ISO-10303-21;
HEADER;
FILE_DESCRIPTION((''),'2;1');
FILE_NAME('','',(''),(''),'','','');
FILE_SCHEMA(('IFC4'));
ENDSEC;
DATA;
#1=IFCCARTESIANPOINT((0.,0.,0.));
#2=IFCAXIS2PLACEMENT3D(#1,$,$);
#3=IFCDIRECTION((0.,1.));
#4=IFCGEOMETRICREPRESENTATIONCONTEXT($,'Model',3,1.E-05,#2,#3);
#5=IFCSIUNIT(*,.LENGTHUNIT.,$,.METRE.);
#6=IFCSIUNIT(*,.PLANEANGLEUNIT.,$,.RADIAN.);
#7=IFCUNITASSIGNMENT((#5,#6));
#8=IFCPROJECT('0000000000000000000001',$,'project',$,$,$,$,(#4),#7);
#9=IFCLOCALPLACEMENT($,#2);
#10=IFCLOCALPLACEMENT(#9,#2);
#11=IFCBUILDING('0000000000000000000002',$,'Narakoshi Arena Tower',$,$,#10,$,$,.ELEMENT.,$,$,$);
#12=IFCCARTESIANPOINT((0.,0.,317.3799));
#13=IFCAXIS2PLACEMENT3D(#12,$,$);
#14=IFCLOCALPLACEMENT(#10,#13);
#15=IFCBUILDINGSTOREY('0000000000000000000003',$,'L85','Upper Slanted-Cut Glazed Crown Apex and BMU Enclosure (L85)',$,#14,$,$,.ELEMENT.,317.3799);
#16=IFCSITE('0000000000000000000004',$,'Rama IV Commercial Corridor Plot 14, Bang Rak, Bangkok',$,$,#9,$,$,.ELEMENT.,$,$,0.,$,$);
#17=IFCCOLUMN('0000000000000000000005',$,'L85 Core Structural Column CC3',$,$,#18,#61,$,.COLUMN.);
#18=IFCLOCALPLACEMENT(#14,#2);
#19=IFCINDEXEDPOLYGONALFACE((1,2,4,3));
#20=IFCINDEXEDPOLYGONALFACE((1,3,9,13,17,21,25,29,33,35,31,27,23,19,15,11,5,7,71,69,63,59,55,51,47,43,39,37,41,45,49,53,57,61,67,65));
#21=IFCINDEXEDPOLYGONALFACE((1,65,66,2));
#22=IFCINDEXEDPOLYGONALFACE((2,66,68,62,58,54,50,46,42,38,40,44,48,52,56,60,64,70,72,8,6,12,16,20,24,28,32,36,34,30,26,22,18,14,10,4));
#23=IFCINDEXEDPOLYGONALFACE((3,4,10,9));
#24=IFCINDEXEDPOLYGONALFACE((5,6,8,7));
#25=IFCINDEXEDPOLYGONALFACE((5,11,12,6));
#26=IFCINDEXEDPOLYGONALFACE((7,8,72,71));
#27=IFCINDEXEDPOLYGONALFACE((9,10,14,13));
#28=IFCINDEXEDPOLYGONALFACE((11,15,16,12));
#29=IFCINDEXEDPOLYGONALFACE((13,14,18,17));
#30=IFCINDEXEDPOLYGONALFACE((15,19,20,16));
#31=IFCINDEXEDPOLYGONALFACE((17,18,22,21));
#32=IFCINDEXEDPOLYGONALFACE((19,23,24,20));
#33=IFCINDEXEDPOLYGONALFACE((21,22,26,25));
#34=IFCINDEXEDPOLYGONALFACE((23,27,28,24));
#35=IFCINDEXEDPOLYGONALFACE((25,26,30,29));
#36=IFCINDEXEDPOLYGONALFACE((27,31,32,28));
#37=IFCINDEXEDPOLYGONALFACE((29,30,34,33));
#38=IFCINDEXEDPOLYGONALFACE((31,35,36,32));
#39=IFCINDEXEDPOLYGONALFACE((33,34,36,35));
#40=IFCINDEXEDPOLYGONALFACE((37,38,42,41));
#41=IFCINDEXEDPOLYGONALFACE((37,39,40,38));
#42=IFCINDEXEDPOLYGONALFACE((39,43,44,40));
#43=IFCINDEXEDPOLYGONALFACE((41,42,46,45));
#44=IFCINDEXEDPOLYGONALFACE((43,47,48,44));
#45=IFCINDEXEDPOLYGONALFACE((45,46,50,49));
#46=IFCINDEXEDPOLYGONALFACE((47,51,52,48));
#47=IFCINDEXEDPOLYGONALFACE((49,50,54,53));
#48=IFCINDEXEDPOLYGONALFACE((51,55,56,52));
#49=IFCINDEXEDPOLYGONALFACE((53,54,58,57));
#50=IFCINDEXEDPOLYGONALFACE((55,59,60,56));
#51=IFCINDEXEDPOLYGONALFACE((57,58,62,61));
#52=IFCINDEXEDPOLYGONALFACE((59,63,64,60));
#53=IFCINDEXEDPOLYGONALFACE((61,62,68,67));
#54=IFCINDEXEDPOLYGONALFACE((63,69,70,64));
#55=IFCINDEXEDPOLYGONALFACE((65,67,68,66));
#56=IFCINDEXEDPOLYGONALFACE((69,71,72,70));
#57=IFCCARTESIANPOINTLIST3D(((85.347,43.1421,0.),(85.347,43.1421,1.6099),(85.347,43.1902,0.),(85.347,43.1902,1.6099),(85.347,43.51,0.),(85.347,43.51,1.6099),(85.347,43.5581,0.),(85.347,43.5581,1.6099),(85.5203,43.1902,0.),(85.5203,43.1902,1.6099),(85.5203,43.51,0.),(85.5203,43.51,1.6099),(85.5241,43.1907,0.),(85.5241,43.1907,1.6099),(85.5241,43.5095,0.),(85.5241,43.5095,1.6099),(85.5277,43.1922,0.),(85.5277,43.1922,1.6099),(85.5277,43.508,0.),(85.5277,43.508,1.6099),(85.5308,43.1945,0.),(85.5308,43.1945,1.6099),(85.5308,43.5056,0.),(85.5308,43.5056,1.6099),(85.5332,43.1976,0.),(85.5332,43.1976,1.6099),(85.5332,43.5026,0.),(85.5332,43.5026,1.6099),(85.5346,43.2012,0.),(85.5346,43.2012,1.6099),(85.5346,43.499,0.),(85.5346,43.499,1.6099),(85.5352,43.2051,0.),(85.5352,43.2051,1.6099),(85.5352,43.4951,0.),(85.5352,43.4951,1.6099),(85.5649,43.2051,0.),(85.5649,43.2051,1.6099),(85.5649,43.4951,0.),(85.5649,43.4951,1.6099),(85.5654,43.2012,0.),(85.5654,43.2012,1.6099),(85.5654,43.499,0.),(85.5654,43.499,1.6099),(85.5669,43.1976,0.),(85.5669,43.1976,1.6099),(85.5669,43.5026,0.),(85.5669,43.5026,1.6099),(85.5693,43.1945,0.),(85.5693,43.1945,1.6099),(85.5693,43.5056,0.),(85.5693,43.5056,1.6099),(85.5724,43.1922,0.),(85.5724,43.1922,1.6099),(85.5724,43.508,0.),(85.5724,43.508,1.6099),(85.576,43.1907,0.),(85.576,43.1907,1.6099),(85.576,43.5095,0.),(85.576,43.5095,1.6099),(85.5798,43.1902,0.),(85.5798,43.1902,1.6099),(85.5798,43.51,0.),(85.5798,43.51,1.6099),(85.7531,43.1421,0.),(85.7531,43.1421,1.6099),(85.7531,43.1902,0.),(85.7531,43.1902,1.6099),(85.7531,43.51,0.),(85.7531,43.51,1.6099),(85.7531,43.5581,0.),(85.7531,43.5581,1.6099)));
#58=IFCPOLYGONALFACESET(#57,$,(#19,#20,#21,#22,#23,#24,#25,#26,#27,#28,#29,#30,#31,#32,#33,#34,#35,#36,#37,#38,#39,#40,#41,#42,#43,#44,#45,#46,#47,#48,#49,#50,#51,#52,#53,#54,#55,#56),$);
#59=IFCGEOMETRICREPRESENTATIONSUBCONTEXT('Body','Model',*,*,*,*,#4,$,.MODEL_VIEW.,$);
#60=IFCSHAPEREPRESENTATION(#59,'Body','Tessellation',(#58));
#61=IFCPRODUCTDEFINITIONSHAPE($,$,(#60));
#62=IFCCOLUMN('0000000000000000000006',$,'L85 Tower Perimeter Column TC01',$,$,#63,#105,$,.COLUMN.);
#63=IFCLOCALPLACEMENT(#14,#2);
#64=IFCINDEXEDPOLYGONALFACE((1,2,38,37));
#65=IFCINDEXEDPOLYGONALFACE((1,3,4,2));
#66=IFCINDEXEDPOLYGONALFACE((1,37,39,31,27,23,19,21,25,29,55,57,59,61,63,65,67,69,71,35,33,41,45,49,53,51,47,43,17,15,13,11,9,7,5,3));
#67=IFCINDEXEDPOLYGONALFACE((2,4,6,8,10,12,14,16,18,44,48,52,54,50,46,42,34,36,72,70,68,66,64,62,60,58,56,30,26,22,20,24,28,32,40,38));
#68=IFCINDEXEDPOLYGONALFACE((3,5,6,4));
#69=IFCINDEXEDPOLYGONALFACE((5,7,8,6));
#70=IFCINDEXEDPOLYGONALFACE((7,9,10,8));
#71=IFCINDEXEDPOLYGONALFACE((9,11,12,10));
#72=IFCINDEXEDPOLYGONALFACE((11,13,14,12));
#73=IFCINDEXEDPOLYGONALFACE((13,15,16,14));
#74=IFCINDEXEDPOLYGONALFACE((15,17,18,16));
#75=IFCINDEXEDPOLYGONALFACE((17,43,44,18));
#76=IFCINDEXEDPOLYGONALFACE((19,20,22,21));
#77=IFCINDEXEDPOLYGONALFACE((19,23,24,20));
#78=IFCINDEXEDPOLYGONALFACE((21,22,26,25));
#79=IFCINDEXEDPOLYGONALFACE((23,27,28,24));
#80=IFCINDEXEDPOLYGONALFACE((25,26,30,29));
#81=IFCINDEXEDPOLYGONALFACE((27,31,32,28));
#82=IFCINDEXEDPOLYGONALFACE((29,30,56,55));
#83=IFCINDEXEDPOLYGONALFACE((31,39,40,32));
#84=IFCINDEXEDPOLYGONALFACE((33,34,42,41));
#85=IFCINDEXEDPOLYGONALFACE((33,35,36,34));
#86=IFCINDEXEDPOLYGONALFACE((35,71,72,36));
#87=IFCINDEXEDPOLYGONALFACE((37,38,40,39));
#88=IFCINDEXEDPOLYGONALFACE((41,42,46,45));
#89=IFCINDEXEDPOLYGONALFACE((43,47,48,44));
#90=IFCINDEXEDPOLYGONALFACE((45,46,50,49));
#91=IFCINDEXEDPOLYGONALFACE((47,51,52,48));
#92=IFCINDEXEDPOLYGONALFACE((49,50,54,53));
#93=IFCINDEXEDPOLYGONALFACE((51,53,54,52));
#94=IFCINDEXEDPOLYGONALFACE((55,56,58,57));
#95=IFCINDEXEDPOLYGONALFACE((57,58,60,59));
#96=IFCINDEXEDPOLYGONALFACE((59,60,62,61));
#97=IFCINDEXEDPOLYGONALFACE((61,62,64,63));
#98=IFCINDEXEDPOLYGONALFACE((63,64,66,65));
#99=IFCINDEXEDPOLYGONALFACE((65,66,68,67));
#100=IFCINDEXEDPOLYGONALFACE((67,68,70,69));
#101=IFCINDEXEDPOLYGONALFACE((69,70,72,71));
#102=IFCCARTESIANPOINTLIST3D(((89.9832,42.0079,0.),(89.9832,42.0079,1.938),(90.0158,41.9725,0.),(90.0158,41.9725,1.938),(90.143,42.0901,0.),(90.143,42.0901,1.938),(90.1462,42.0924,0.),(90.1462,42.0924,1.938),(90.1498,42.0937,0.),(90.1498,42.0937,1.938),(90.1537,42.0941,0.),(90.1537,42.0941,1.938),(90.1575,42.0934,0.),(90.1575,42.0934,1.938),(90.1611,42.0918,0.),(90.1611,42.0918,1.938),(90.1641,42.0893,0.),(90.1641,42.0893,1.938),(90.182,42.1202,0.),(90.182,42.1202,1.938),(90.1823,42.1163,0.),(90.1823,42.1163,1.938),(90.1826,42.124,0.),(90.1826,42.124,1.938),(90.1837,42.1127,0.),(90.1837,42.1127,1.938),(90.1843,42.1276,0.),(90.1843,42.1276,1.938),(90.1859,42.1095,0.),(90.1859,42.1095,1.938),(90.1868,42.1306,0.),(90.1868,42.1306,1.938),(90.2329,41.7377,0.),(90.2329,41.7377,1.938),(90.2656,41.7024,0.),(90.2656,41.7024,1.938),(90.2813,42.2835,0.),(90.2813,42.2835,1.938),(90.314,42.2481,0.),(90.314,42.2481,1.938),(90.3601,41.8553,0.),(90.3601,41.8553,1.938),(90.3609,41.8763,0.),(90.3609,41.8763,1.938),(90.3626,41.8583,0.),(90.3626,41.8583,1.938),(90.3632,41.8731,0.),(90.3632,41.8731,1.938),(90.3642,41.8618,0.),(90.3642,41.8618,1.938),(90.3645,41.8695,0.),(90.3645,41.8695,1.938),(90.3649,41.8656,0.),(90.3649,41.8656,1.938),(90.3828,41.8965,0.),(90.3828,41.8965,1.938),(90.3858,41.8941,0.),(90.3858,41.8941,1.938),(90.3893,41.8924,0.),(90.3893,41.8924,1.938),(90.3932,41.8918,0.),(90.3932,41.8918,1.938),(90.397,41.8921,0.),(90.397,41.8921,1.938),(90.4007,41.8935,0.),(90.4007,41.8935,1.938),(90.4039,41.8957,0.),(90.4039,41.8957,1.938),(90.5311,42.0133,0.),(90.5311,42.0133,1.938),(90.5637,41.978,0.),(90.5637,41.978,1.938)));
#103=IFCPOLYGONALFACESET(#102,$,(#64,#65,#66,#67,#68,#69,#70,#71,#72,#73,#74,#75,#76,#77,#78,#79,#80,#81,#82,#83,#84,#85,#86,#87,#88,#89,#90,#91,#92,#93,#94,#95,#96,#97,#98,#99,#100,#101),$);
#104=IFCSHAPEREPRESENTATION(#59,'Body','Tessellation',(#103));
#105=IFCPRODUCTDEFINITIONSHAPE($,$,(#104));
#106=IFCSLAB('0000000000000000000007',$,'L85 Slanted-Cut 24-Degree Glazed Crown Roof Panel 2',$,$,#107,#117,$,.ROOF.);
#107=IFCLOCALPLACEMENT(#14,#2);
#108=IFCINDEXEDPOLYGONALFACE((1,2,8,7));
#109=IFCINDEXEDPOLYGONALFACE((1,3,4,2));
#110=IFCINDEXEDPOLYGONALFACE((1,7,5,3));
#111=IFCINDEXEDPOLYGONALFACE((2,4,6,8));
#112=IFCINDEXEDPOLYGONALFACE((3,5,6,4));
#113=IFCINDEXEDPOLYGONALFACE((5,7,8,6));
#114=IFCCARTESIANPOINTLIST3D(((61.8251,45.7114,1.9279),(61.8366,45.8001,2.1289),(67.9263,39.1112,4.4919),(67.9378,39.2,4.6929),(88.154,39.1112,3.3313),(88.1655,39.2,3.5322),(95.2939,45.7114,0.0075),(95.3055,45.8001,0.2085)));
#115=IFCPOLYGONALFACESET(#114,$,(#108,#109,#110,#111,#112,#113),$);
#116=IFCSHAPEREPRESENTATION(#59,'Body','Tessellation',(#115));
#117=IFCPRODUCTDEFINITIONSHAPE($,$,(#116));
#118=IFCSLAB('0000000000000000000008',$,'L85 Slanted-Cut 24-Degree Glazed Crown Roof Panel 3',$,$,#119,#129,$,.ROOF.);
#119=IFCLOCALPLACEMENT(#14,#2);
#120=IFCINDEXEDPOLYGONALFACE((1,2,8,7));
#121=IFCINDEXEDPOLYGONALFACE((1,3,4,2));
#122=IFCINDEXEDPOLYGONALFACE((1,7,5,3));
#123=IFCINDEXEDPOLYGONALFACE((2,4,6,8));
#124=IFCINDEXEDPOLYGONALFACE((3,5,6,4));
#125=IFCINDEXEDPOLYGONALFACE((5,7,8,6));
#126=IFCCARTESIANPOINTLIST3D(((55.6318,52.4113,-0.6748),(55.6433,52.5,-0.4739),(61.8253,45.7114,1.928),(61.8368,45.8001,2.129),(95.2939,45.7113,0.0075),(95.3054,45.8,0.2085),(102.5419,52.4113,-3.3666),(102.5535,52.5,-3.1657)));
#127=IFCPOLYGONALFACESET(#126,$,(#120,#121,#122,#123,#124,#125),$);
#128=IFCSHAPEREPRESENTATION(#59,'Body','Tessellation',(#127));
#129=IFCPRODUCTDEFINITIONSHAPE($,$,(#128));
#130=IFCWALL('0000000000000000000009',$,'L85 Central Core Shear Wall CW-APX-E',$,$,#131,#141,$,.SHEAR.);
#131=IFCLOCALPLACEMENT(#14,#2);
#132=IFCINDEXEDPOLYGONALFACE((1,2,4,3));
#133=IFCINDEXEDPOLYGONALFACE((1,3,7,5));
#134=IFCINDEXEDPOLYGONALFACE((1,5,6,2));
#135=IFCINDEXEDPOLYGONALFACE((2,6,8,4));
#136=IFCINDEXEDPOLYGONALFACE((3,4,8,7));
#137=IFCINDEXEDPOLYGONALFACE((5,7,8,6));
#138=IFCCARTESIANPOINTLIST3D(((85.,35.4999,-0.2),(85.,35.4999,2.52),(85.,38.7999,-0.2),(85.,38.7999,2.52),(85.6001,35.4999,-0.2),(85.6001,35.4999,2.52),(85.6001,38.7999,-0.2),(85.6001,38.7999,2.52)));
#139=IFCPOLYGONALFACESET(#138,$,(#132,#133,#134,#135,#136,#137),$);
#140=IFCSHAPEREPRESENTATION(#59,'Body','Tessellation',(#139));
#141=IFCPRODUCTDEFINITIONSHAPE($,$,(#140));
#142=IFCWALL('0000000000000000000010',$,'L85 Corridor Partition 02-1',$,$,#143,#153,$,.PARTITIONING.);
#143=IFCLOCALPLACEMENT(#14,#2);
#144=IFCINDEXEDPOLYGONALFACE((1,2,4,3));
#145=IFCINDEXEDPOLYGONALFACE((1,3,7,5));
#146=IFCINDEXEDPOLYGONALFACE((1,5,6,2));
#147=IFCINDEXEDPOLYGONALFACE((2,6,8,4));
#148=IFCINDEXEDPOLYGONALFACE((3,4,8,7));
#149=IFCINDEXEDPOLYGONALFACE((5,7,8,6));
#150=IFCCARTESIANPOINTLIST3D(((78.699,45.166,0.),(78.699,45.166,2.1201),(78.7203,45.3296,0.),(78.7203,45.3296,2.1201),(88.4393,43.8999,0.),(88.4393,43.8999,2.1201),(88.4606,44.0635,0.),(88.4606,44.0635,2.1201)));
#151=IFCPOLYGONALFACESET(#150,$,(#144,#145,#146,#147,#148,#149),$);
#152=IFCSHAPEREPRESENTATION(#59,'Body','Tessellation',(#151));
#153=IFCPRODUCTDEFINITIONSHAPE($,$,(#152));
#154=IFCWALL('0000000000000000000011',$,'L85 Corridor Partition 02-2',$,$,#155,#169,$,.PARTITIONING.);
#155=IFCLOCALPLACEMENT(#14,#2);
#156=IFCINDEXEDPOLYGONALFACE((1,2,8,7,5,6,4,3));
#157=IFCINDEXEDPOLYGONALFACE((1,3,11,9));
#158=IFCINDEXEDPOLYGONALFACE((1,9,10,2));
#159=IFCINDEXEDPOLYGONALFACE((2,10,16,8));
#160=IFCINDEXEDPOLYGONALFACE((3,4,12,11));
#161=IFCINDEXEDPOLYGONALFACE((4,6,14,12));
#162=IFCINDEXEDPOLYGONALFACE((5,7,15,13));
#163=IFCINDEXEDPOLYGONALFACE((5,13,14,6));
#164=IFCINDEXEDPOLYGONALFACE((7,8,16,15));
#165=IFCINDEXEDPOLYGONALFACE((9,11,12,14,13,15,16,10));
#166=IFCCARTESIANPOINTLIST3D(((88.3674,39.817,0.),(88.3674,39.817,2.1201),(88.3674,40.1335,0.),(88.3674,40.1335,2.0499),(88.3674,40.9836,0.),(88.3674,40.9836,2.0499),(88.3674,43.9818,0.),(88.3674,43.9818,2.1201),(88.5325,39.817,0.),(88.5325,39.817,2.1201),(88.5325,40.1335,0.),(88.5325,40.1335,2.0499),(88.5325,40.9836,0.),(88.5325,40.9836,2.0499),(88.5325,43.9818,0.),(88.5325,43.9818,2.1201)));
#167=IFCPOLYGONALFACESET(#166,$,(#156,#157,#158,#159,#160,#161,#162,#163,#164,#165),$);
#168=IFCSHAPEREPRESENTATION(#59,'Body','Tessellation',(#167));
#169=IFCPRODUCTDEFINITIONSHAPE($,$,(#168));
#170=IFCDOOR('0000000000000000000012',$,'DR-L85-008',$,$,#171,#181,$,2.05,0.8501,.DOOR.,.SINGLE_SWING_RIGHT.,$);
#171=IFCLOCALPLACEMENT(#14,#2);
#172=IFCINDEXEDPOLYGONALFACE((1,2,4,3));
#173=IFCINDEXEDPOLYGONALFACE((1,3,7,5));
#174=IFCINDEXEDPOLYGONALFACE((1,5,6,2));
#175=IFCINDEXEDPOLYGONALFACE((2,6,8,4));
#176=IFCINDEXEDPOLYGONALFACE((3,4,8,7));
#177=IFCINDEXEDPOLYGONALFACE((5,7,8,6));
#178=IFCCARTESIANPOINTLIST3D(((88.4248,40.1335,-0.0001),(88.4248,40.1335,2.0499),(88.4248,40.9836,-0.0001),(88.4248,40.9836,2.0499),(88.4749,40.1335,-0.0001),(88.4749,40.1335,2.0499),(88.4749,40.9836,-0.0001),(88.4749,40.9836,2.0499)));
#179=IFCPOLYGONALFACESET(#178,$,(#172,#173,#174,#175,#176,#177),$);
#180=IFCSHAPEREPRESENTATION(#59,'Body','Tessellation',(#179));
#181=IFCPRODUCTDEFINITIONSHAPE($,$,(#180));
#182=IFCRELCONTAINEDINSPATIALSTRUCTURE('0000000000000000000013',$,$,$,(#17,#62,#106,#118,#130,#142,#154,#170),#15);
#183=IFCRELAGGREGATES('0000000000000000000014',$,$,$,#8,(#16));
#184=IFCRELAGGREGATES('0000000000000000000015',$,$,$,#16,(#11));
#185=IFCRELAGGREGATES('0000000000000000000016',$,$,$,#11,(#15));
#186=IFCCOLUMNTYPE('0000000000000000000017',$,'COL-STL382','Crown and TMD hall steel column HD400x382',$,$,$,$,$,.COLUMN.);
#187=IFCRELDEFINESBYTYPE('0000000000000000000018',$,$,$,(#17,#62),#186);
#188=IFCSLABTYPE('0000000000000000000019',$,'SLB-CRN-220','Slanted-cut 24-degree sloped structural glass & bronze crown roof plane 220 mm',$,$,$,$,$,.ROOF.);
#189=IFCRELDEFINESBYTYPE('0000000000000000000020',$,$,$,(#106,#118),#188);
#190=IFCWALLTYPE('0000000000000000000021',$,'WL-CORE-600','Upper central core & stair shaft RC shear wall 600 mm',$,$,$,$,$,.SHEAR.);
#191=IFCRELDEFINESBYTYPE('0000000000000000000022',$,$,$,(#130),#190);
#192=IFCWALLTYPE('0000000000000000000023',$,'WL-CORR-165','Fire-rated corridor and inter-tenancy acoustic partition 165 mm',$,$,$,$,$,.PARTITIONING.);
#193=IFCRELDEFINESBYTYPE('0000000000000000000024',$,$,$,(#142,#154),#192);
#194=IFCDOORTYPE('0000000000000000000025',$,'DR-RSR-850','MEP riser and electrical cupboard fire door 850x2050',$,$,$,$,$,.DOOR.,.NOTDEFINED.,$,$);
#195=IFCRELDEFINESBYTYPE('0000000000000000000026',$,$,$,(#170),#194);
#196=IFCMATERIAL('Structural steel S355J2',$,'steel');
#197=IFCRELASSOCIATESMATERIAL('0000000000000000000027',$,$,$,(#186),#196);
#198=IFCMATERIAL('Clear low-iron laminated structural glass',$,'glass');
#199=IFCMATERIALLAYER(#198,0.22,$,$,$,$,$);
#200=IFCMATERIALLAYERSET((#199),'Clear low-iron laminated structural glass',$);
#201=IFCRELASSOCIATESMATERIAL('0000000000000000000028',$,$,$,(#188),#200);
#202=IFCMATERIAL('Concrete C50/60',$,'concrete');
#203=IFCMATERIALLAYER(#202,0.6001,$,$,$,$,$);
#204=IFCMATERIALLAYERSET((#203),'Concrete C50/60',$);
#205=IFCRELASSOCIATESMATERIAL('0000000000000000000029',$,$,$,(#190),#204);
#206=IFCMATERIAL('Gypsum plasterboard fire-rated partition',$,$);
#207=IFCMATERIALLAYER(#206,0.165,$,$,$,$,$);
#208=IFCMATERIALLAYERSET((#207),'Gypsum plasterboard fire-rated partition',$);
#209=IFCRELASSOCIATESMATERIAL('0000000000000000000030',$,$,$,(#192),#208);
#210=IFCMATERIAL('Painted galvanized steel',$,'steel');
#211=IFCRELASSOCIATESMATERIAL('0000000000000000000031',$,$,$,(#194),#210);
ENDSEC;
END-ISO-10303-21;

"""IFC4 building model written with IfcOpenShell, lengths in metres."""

from ifc_helpers import new_model, si_unit, direction, frame, frame_2d, origin, origin_2d, place, context, subcontext, project, spatial, polyline, rectangle, i_section, outline, extrude, material, layer, layer_set, material_profile, profile_set, type_object, element, fill, save


model = new_model("IFC4")

# Units and contexts
model_context = context("Model", 3, precision=1e-05, world=origin(), true_north=direction((0.0, 1.0)))
body_context = subcontext(model_context, "Body", "Model", "MODEL_VIEW")
ifc_project = project(units=[si_unit("LENGTHUNIT", "METRE"), si_unit("PLANEANGLEUNIT", "RADIAN")], contexts=[model_context])

# Site, building, storey
site_placement = place(None, origin())
site = spatial("IfcSite", under=ifc_project, at=site_placement, Name="Rama IV Commercial Corridor Plot 14, Bang Rak, Bangkok", CompositionType="ELEMENT", RefElevation=0.0)
building_placement = place(site_placement, origin())
building = spatial("IfcBuilding", under=site, at=building_placement, Name="Narakoshi Arena Tower", CompositionType="ELEMENT")
storey_placement = place(building_placement, frame((0.0, 0.0, 317.3799)))
storey = spatial("IfcBuildingStorey", under=building, at=storey_placement, Name="L85", Description="Upper Slanted-Cut Glazed Crown Apex and BMU Enclosure (L85)", CompositionType="ELEMENT", Elevation=317.3799)

# Columns
ifc_material_1 = material(Name="Structural steel S355J2", Category="steel")
ifc_material_profile = material_profile(ifc_material_1, i_section(OverallWidth=0.406, OverallDepth=0.416, WebThickness=0.0298, FlangeThickness=0.0481, FilletRadius=0.0149, at=origin_2d()), Name="HD400x382")
ifc_profile_set = profile_set([ifc_material_profile], Name="Structural steel S355J2")
column_type = type_object("IfcColumnType", Name="COL-STL382", Description="Crown and TMD hall steel column HD400x382", PredefinedType="COLUMN", material=ifc_profile_set)
column_1_placement = place(storey_placement, frame((85.55, 43.3501, 0.0), z_axis=(0.0, 0.0, 1.0), x_axis=(1.0, 0.0, 0.0)))
element("IfcColumn", 1, at=column_1_placement, inside=storey, type_object=column_type, Name="L85 Core Structural Column CC3", PredefinedType="COLUMN", context=body_context, shape_type="SweptSolid", body=[
    extrude(i_section(OverallWidth=0.406, OverallDepth=0.416, WebThickness=0.0298, FlangeThickness=0.0481, FilletRadius=0.0149, at=origin_2d()), origin(), (0.0, 0.0, 1.0), 1.6099),
])
column_2_placement = place(storey_placement, frame((90.2734, 41.9929, 0.0), z_axis=(0.0, 0.0, 1.0), x_axis=(0.734323, 0.678801, 0.0)))
element("IfcColumn", 2, at=column_2_placement, inside=storey, type_object=column_type, Name="L85 Tower Perimeter Column TC01", PredefinedType="COLUMN", context=body_context, shape_type="SweptSolid", body=[
    extrude(i_section(OverallWidth=0.406, OverallDepth=0.416, WebThickness=0.0298, FlangeThickness=0.0481, FilletRadius=0.0149, at=origin_2d()), origin(), (0.0, 0.0, 1.0), 1.938),
])

# Slabs
ifc_material_2 = material(Name="Clear low-iron laminated structural glass", Category="glass")
ifc_layer_1 = layer(ifc_material_2, 0.22)
ifc_layer_set_1 = layer_set([ifc_layer_1], Name="Clear low-iron laminated structural glass")
slab_type = type_object("IfcSlabType", Name="SLB-CRN-220", Description="Slanted-cut 24-degree sloped structural glass & bronze crown roof plane 220 mm", PredefinedType="ROOF", material=ifc_layer_set_1)
slab_1_placement = place(storey_placement, frame((88.1655, 39.2, 3.5322), z_axis=(0.052418, 0.403344, 0.913546), x_axis=(-0.998358, 0.0, 0.057285)))
element("IfcSlab", 3, at=slab_1_placement, inside=storey, type_object=slab_type, Name="L85 Slanted-Cut 24-Degree Glazed Crown Roof Panel 2", PredefinedType="ROOF", context=body_context, shape_type="SweptSolid", body=[
    extrude(outline(polyline([(0.0, 0.0), (20.261, 0.0), (26.2053, -7.2129), (-7.3186, -7.2129), (0.0, 0.0)])), origin(), (0.0, 0.0, -1.0), 0.22),
])
slab_2_placement = place(storey_placement, frame((95.3054, 45.8, 0.2085), z_axis=(0.052421, 0.40336, 0.913539), x_axis=(-0.998358, 0.000001, 0.057287)))
element("IfcSlab", 4, at=slab_2_placement, inside=storey, type_object=slab_type, Name="L85 Slanted-Cut 24-Degree Glazed Crown Roof Panel 3", PredefinedType="ROOF", context=body_context, shape_type="SweptSolid", body=[
    extrude(outline(polyline([(0.0, 0.0), (33.5237, 0.0), (39.5579, -7.322), (-7.4294, -7.322), (0.0, 0.0)])), origin(), (0.0, 0.0, -1.0), 0.22),
])

# Walls
ifc_material_3 = material(Name="Concrete C50/60", Category="concrete")
ifc_layer_2 = layer(ifc_material_3, 0.6001)
ifc_layer_set_2 = layer_set([ifc_layer_2], Name="Concrete C50/60")
wall_type_1 = type_object("IfcWallType", Name="WL-CORE-600", Description="Upper central core & stair shaft RC shear wall 600 mm", PredefinedType="SHEAR", material=ifc_layer_set_2)
wall_1_placement = place(storey_placement, frame((85.3, 35.5, -0.2), z_axis=(0.0, 0.0, 1.0), x_axis=(0.0, 1.0, 0.0)))
element("IfcWall", 5, at=wall_1_placement, inside=storey, type_object=wall_type_1, Name="L85 Central Core Shear Wall CW-APX-E", PredefinedType="SHEAR", context=body_context, shape_type="SweptSolid", body=[
    extrude(rectangle(XDim=3.3, YDim=0.6001, at=frame_2d((1.6499, 0.0))), origin(), (0.0, 0.0, 1.0), 2.72),
])
ifc_material_4 = material(Name="Gypsum plasterboard fire-rated partition")
ifc_layer_3 = layer(ifc_material_4, 0.165)
ifc_layer_set_3 = layer_set([ifc_layer_3], Name="Gypsum plasterboard fire-rated partition")
wall_type_2 = type_object("IfcWallType", Name="WL-CORR-165", Description="Fire-rated corridor and inter-tenancy acoustic partition 165 mm", PredefinedType="PARTITIONING", material=ifc_layer_set_3)
wall_2_placement = place(storey_placement, frame((88.45, 43.9817, 0.0), z_axis=(0.0, 0.0, 1.0), x_axis=(-0.991657, 0.128903, 0.0)))
element("IfcWall", 6, at=wall_2_placement, inside=storey, type_object=wall_type_2, Name="L85 Corridor Partition 02-1", PredefinedType="PARTITIONING", context=body_context, shape_type="SweptSolid", body=[
    extrude(rectangle(XDim=9.8223, YDim=0.165, at=frame_2d((4.9111, 0.0))), origin(), (0.0, 0.0, 1.0), 2.1201),
])

# Wall, opening, door
wall_3_placement = place(storey_placement, frame((88.45, 39.8169, 0.0), z_axis=(0.0, 0.0, 1.0), x_axis=(0.0, 1.0, 0.0)))
wall_3 = element("IfcWall", 7, at=wall_3_placement, inside=storey, type_object=wall_type_2, Name="L85 Corridor Partition 02-2", PredefinedType="PARTITIONING", context=body_context, shape_type="SweptSolid", body=[
    extrude(rectangle(XDim=4.1648, YDim=0.165, at=frame_2d((2.0825, 0.0))), origin(), (0.0, 0.0, 1.0), 2.1201),
])
opening_1_placement = place(wall_3_placement, frame((0.3167, 0.0, 0.0)))
opening_1 = element("IfcOpeningElement", 8, at=opening_1_placement, cuts=wall_3, PredefinedType="OPENING", context=body_context, shape_type="SweptSolid", body=[
    extrude(rectangle(XDim=0.8501, YDim=2.05, at=frame_2d((0.425, 1.0249))), frame((0.0, 0.0925, 0.0), z_axis=(0.0, -1.0, 0.0), x_axis=(1.0, 0.0, 0.0)), (0.0, 0.0, 1.0), 0.1851),
])
ifc_material_5 = material(Name="Painted galvanized steel", Category="steel")
door_type_1 = type_object("IfcDoorType", Name="DR-RSR-850", Description="MEP riser and electrical cupboard fire door 850x2050", OperationType="NOTDEFINED", PredefinedType="DOOR", material=ifc_material_5)
door_1_placement = place(opening_1_placement, frame((0.8501, 0.0, 0.0), z_axis=(0.0, 0.0, 1.0), x_axis=(-1.0, 0.0, 0.0)))
door_1 = element("IfcDoor", 9, at=door_1_placement, inside=storey, type_object=door_type_1, Name="DR-L85-008", OperationType="SINGLE_SWING_RIGHT", OverallHeight=2.05, OverallWidth=0.8501, PredefinedType="DOOR", context=body_context, shape_type="SweptSolid", body=[
    extrude(rectangle(XDim=0.8501, YDim=2.05, at=frame_2d((0.425, 1.0249))), frame((0.0, 0.0249, 0.0), z_axis=(0.0, -1.0, 0.0), x_axis=(1.0, 0.0, 0.0)), (0.0, 0.0, 1.0), 0.05),
])
fill(opening_1, door_1)

save(model, "model.ifc")
